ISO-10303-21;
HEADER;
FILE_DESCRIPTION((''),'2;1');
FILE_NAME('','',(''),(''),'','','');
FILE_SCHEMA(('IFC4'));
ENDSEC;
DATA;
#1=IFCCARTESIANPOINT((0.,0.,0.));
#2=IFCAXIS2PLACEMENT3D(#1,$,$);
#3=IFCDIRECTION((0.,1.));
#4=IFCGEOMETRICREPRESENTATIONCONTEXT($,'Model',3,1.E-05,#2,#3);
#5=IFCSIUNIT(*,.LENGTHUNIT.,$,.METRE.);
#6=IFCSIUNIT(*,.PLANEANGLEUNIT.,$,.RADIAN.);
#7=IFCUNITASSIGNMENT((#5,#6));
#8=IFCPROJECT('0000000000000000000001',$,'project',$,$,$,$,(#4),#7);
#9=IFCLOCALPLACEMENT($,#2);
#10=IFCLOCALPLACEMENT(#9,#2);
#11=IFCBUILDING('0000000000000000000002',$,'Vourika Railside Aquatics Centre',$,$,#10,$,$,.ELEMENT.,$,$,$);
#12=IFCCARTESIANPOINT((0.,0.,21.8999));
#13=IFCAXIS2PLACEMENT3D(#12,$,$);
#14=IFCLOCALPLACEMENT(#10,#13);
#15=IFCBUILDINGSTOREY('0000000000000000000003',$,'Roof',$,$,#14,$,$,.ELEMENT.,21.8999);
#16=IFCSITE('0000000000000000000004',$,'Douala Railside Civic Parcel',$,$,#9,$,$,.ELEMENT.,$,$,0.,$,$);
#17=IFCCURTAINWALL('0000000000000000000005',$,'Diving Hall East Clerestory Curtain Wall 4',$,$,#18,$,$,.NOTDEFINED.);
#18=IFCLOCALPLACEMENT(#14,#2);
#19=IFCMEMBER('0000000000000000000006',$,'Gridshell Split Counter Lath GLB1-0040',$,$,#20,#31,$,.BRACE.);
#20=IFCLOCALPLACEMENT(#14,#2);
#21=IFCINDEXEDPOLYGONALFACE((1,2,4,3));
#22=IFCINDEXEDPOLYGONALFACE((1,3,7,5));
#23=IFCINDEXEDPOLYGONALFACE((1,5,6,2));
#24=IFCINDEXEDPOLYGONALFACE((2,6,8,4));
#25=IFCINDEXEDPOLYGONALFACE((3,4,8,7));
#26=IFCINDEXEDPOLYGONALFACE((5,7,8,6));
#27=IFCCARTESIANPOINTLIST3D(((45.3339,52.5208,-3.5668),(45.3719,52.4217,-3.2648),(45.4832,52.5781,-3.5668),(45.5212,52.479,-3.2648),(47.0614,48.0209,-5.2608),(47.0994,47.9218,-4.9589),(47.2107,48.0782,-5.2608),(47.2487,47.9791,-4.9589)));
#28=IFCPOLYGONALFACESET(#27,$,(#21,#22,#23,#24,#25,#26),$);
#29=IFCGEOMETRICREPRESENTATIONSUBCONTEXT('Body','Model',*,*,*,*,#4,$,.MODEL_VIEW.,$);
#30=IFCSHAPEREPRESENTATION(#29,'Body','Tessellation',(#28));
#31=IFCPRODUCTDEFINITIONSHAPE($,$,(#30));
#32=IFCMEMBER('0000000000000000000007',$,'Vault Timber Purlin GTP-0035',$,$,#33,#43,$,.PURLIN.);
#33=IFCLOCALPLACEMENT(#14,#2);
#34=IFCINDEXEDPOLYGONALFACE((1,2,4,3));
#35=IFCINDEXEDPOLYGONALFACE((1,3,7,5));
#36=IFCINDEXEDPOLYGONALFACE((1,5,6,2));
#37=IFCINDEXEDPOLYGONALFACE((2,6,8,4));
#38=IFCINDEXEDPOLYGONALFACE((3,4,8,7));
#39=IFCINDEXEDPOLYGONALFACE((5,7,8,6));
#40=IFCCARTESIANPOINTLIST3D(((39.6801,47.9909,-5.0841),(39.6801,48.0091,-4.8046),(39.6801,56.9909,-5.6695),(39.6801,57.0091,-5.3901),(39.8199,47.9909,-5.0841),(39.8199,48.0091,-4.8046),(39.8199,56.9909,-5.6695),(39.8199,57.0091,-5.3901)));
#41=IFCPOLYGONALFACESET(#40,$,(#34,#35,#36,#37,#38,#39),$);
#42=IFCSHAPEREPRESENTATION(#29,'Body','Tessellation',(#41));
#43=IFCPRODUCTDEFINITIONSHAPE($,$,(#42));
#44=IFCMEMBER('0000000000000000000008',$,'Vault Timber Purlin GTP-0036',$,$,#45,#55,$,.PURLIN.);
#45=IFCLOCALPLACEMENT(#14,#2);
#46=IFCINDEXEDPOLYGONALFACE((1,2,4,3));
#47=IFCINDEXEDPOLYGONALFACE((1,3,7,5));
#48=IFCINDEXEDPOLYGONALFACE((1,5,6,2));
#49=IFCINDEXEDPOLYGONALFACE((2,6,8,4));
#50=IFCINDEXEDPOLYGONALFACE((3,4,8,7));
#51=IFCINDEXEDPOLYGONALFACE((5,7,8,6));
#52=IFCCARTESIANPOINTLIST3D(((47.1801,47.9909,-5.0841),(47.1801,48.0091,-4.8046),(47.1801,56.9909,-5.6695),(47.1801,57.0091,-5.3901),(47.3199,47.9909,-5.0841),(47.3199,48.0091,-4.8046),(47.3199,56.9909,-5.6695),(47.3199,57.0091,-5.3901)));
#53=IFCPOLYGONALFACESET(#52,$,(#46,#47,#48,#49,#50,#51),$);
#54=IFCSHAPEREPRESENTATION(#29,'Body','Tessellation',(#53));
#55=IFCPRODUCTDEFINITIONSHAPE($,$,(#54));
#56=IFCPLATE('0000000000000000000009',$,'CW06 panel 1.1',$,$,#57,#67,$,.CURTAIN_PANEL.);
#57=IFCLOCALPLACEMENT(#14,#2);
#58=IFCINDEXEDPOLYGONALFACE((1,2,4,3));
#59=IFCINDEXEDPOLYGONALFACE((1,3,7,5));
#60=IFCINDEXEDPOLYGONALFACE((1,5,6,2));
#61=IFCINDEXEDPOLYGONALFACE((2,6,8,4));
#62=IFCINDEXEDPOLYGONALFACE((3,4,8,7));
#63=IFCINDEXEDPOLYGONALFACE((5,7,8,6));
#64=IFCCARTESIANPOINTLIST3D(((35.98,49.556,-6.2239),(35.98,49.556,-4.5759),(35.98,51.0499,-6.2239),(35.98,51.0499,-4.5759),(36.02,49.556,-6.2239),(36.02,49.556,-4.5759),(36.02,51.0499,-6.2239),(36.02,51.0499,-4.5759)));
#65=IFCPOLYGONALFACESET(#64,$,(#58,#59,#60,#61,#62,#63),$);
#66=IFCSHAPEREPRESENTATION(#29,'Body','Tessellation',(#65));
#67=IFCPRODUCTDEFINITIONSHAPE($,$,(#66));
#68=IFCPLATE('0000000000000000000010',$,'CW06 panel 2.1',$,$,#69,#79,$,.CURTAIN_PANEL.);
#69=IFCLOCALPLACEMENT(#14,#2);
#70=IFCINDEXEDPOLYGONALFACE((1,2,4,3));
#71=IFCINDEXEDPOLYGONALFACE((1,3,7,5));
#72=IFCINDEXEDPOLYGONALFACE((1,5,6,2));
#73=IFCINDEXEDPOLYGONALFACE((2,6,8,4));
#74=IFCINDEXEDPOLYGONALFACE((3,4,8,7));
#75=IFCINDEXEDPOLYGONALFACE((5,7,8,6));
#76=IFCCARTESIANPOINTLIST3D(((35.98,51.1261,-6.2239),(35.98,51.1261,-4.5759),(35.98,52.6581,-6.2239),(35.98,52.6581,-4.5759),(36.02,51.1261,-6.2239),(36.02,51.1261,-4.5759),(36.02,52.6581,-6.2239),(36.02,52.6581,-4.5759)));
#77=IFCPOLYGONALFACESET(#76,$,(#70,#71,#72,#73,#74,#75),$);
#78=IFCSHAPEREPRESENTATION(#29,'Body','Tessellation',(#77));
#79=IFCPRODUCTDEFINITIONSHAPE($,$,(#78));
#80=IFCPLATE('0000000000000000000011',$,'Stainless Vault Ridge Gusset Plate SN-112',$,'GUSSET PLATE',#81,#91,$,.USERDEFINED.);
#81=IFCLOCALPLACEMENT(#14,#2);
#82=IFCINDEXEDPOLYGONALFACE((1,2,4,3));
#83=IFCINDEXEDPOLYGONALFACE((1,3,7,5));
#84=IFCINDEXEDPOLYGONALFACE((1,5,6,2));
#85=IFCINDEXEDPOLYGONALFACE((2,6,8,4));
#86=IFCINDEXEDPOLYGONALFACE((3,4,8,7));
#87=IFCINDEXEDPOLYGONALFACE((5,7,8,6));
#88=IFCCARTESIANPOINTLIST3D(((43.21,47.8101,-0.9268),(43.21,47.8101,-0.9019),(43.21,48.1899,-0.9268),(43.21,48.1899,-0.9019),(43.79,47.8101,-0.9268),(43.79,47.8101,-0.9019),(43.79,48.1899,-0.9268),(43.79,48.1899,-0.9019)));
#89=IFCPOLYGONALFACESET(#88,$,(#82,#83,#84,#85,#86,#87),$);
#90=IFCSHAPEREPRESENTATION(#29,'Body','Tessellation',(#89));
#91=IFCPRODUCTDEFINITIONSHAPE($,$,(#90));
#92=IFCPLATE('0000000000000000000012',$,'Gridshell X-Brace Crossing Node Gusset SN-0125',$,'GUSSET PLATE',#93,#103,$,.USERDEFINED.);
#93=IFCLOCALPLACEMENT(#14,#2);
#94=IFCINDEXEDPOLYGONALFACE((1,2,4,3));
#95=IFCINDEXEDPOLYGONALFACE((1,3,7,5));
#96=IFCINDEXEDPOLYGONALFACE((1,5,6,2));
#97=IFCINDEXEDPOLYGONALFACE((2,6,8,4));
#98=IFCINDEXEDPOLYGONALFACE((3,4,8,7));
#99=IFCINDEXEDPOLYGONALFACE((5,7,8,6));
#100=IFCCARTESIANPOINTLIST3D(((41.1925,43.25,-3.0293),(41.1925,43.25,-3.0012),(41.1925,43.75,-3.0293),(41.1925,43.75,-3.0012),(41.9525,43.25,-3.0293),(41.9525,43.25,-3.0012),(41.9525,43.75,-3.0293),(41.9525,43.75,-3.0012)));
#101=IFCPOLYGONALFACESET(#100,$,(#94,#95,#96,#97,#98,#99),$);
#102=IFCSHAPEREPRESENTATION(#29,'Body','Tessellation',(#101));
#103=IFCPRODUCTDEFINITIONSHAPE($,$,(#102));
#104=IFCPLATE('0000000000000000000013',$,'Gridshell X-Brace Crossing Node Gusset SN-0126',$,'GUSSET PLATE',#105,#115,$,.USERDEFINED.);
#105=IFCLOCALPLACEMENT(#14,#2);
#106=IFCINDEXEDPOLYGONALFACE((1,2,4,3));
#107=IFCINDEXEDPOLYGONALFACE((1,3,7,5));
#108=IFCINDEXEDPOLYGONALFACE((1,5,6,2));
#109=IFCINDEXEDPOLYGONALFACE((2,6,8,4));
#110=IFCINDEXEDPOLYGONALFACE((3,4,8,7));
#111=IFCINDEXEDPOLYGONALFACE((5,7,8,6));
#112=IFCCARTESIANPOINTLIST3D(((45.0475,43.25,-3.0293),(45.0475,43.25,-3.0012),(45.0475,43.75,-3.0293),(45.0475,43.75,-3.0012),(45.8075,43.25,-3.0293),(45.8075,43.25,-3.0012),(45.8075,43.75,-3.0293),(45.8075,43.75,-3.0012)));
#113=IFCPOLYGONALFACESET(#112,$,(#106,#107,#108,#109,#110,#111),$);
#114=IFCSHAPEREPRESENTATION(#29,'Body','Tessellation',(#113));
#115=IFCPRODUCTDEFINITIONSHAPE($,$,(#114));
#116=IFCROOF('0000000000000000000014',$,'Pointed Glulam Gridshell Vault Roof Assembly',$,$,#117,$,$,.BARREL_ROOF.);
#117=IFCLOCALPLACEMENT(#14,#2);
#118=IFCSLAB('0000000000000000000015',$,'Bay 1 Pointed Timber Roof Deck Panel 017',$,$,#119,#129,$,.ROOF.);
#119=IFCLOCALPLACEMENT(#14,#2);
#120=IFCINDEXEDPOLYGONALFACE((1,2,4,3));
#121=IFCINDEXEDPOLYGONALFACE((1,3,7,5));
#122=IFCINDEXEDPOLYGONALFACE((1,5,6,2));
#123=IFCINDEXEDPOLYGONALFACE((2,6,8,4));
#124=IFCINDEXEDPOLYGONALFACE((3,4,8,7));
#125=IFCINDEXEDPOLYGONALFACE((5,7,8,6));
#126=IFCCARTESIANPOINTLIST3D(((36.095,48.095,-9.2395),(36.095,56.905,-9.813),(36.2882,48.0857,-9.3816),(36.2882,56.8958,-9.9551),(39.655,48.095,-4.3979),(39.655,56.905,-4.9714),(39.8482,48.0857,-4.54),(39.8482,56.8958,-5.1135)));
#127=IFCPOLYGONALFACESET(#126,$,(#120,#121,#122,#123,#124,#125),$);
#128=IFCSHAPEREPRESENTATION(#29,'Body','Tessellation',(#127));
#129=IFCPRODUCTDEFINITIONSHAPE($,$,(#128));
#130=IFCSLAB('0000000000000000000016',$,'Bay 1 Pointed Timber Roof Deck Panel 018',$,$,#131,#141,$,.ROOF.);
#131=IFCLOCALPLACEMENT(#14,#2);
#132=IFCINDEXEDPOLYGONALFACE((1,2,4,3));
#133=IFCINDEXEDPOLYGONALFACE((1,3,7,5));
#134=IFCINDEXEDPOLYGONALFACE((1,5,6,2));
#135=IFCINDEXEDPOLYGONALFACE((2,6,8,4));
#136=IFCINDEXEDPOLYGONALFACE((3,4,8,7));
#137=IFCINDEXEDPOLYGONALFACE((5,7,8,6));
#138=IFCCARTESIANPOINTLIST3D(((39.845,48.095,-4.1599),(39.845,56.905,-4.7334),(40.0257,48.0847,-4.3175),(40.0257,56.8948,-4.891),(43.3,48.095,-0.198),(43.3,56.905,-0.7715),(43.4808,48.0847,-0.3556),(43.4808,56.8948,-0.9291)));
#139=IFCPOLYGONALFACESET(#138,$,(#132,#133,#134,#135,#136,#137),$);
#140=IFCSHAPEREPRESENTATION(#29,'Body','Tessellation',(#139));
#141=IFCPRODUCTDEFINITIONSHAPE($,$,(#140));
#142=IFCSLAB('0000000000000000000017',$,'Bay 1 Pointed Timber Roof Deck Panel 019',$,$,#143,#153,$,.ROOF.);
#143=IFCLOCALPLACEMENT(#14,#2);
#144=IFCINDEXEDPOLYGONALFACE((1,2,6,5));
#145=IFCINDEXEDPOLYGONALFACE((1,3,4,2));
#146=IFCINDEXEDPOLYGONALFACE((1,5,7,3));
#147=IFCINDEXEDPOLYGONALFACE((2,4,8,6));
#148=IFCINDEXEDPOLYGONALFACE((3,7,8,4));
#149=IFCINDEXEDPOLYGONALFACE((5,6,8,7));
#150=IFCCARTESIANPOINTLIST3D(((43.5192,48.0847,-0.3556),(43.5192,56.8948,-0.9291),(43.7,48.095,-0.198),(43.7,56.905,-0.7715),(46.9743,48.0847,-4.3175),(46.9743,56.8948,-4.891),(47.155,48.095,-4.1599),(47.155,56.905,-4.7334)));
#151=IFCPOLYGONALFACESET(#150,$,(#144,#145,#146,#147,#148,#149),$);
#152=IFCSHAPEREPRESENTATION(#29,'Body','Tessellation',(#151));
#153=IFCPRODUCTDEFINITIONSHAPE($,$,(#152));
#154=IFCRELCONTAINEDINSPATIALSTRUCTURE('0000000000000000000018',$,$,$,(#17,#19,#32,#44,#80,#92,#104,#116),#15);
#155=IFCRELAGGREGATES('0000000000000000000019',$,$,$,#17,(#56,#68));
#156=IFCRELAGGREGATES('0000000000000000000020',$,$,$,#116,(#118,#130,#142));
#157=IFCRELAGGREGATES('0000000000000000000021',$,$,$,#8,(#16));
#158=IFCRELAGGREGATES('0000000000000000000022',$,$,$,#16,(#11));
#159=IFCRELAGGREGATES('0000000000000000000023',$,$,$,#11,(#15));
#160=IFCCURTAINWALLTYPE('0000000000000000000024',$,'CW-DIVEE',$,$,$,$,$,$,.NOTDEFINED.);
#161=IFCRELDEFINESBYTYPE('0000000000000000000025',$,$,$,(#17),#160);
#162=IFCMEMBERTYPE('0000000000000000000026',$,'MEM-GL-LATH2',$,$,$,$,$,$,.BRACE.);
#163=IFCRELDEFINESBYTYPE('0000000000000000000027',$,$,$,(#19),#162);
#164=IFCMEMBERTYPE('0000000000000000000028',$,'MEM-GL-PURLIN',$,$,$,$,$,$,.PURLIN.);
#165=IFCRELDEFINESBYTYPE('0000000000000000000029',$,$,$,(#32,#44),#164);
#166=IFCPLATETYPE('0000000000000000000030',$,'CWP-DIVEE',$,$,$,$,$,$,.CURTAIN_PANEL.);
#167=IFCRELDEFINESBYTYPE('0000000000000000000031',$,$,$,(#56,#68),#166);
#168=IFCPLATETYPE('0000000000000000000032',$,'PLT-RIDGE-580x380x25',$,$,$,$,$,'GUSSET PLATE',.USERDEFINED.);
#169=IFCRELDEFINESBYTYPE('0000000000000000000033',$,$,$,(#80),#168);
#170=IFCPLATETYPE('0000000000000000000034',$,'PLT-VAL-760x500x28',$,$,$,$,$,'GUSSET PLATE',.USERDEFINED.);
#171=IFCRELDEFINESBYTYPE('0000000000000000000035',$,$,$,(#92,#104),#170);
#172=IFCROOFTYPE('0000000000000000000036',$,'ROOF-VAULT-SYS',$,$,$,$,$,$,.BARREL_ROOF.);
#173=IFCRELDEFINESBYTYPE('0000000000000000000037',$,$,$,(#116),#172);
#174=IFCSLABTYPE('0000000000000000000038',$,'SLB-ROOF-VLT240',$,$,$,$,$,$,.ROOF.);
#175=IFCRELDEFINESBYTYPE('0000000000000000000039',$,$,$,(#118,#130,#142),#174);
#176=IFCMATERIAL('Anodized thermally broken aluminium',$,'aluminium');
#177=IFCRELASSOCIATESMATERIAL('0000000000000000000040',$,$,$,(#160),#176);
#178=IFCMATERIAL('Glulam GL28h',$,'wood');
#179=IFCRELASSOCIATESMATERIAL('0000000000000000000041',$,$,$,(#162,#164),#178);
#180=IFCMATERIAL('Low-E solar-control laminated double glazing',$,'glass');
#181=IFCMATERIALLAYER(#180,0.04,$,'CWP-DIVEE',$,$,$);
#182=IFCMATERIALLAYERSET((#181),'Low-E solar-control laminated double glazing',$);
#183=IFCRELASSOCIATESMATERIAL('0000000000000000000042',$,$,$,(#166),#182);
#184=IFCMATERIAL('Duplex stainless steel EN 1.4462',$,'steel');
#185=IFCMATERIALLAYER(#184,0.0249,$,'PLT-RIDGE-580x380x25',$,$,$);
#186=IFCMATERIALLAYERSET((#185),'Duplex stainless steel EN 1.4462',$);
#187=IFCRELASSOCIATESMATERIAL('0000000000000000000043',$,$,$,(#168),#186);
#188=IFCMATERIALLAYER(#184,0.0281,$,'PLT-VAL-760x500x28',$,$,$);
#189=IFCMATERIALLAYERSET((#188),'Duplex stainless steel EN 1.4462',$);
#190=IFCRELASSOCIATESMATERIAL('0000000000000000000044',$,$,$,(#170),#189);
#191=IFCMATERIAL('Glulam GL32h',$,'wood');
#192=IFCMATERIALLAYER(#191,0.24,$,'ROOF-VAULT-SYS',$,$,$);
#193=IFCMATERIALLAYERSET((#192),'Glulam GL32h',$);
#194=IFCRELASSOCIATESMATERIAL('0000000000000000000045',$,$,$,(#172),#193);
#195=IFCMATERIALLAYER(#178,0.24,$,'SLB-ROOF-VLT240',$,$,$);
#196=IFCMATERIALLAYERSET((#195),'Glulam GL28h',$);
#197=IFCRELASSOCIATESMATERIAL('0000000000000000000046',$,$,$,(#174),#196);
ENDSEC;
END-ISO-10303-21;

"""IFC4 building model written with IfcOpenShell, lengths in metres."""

from ifc_helpers import new_model, si_unit, direction, frame, origin, origin_2d, place, context, subcontext, project, spatial, polyline, rectangle, outline, extrude, material, layer, layer_set, material_profile, profile_set, type_object, element, aggregate, save


model = new_model("IFC4")

# Units and contexts
model_context = context("Model", 3, precision=1e-05, world=origin(), true_north=direction((0.0, 1.0)))
body_context = subcontext(model_context, "Body", "Model", "MODEL_VIEW")
ifc_project = project(units=[si_unit("LENGTHUNIT", "METRE"), si_unit("PLANEANGLEUNIT", "RADIAN")], contexts=[model_context])

# Site, building, storey
site_placement = place(None, origin())
site = spatial("IfcSite", under=ifc_project, at=site_placement, Name="Douala Railside Civic Parcel", CompositionType="ELEMENT", RefElevation=0.0)
building_placement = place(site_placement, origin())
building = spatial("IfcBuilding", under=site, at=building_placement, Name="Vourika Railside Aquatics Centre", CompositionType="ELEMENT")
storey_placement = place(building_placement, frame((0.0, 0.0, 21.8999)))
storey = spatial("IfcBuildingStorey", under=building, at=storey_placement, Name="Roof", CompositionType="ELEMENT", Elevation=21.8999)

# Shared definitions
ifc_material_1 = material(Name="Glulam GL32h", Category="wood")

# Curtain wall
ifc_material_2 = material(Name="Anodized thermally broken aluminium", Category="aluminium")
curtain_wall_type = type_object("IfcCurtainWallType", Name="CW-DIVEE", PredefinedType="NOTDEFINED", material=ifc_material_2)
curtain_wall_placement = place(storey_placement, origin())
curtain_wall = element("IfcCurtainWall", 1, at=curtain_wall_placement, inside=storey, type_object=curtain_wall_type, Name="Diving Hall East Clerestory Curtain Wall 4", PredefinedType="NOTDEFINED")

# Members
ifc_material_3 = material(Name="Glulam GL28h", Category="wood")
ifc_material_profile_1 = material_profile(ifc_material_3, rectangle(XDim=0.1599, YDim=0.3201, at=origin_2d()), Name="GL28h 160x320")
ifc_profile_set_1 = profile_set([ifc_material_profile_1], Name="Glulam GL28h")
member_type_1 = type_object("IfcMemberType", Name="MEM-GL-LATH2", PredefinedType="BRACE", material=ifc_profile_set_1)
member_1_placement = place(storey_placement, frame((47.155, 48.0, -5.1099), z_axis=(-0.338121, 0.880757, 0.331574), x_axis=(-0.93357, -0.358395, 0.0)))
element("IfcMember", 2, at=member_1_placement, inside=storey, type_object=member_type_1, Name="Gridshell Split Counter Lath GLB1-0040", PredefinedType="BRACE", context=body_context, shape_type="SweptSolid", body=[
    extrude(rectangle(XDim=0.1599, YDim=0.3201, at=origin_2d()), origin(), (0.0, 0.0, 1.0), 5.1091),
])
ifc_material_profile_2 = material_profile(ifc_material_3, rectangle(XDim=0.1399, YDim=0.28, at=origin_2d()), Name="GL28h 140x280")
ifc_profile_set_2 = profile_set([ifc_material_profile_2], Name="Glulam GL28h")
member_type_2 = type_object("IfcMemberType", Name="MEM-GL-PURLIN", PredefinedType="PURLIN", material=ifc_profile_set_2)
for number, where, z_axis, x_axis, name in (
    (3, (39.75, 48.0, -4.9443), (0.0, 0.997891, -0.064913), (-1.0, 0.0, 0.0), "Vault Timber Purlin GTP-0035"),
    (4, (47.25, 48.0, -4.9443), (0.0, 0.997891, -0.064913), (-1.0, 0.0, 0.0), "Vault Timber Purlin GTP-0036"),
):
    element("IfcMember", number, at=place(storey_placement, frame(where, z_axis=z_axis, x_axis=x_axis)), inside=storey, type_object=member_type_2, Name=name, PredefinedType="PURLIN", context=body_context, shape_type="SweptSolid", body=[
        extrude(rectangle(XDim=0.1399, YDim=0.28, at=origin_2d()), origin(), (0.0, 0.0, 1.0), 9.019),
    ])

# Plates
ifc_material_4 = material(Name="Low-E solar-control laminated double glazing", Category="glass")
ifc_layer_1 = layer(ifc_material_4, 0.04, Name="CWP-DIVEE")
ifc_layer_set_1 = layer_set([ifc_layer_1], Name="Low-E solar-control laminated double glazing")
plate_type_1 = type_object("IfcPlateType", Name="CWP-DIVEE", PredefinedType="CURTAIN_PANEL", material=ifc_layer_set_1)
plate_1_placement = place(storey_placement, frame((36.0, 50.303, -6.2239), z_axis=(0.0, 0.0, 1.0), x_axis=(0.0, 1.0, 0.0)))
plate_1 = element("IfcPlate", 5, at=plate_1_placement, type_object=plate_type_1, Name="CW06 panel 1.1", PredefinedType="CURTAIN_PANEL", context=body_context, shape_type="SweptSolid", body=[
    extrude(rectangle(XDim=1.4939, YDim=0.04, at=origin_2d()), origin(), (0.0, 0.0, 1.0), 1.6479),
])
plate_2_placement = place(storey_placement, frame((36.0, 51.8921, -6.2239), z_axis=(0.0, 0.0, 1.0), x_axis=(0.0, 1.0, 0.0)))
plate_2 = element("IfcPlate", 6, at=plate_2_placement, type_object=plate_type_1, Name="CW06 panel 2.1", PredefinedType="CURTAIN_PANEL", context=body_context, shape_type="SweptSolid", body=[
    extrude(rectangle(XDim=1.532, YDim=0.04, at=origin_2d()), origin(), (0.0, 0.0, 1.0), 1.6479),
])
aggregate(curtain_wall, [plate_1, plate_2])

# Plates
ifc_material_5 = material(Name="Duplex stainless steel EN 1.4462", Category="steel")
ifc_layer_2 = layer(ifc_material_5, 0.0249, Name="PLT-RIDGE-580x380x25")
ifc_layer_set_2 = layer_set([ifc_layer_2], Name="Duplex stainless steel EN 1.4462")
plate_type_2 = type_object("IfcPlateType", Name="PLT-RIDGE-580x380x25", ElementType="GUSSET PLATE", PredefinedType="USERDEFINED", material=ifc_layer_set_2)
plate_3_placement = place(storey_placement, frame((43.5, 48.0, -0.9268), z_axis=(0.0, 0.0, 1.0), x_axis=(1.0, 0.0, 0.0)))
element("IfcPlate", 7, at=plate_3_placement, inside=storey, type_object=plate_type_2, Name="Stainless Vault Ridge Gusset Plate SN-112", ObjectType="GUSSET PLATE", PredefinedType="USERDEFINED", context=body_context, shape_type="SweptSolid", body=[
    extrude(rectangle(XDim=0.5801, YDim=0.3799, at=origin_2d()), origin(), (0.0, 0.0, 1.0), 0.0249),
])
ifc_layer_3 = layer(ifc_material_5, 0.0281, Name="PLT-VAL-760x500x28")
ifc_layer_set_3 = layer_set([ifc_layer_3], Name="Duplex stainless steel EN 1.4462")
plate_type_3 = type_object("IfcPlateType", Name="PLT-VAL-760x500x28", ElementType="GUSSET PLATE", PredefinedType="USERDEFINED", material=ifc_layer_set_3)
for number, where, z_axis, x_axis, name in (
    (8, (41.5725, 43.5, -3.0293), (0.0, 0.0, 1.0), (1.0, 0.0, 0.0), "Gridshell X-Brace Crossing Node Gusset SN-0125"),
    (9, (45.4275, 43.5, -3.0293), (0.0, 0.0, 1.0), (1.0, 0.0, 0.0), "Gridshell X-Brace Crossing Node Gusset SN-0126"),
):
    element("IfcPlate", number, at=place(storey_placement, frame(where, z_axis=z_axis, x_axis=x_axis)), inside=storey, type_object=plate_type_3, Name=name, ObjectType="GUSSET PLATE", PredefinedType="USERDEFINED", context=body_context, shape_type="SweptSolid", body=[
        extrude(rectangle(XDim=0.76, YDim=0.5, at=origin_2d()), origin(), (0.0, 0.0, 1.0), 0.0281),
    ])

# Roof, slabs
ifc_layer_4 = layer(ifc_material_1, 0.24, Name="ROOF-VAULT-SYS")
ifc_layer_set_4 = layer_set([ifc_layer_4], Name="Glulam GL32h")
roof_type = type_object("IfcRoofType", Name="ROOF-VAULT-SYS", PredefinedType="BARREL_ROOF", material=ifc_layer_set_4)
roof_placement = place(storey_placement, origin())
roof = element("IfcRoof", 10, at=roof_placement, inside=storey, type_object=roof_type, Name="Pointed Glulam Gridshell Vault Roof Assembly", PredefinedType="BARREL_ROOF")
ifc_layer_5 = layer(ifc_material_3, 0.24, Name="SLB-ROOF-VLT240")
ifc_layer_set_5 = layer_set([ifc_layer_5], Name="Glulam GL28h")
slab_type = type_object("IfcSlabType", Name="SLB-ROOF-VLT240", PredefinedType="ROOF", material=ifc_layer_set_5)
slab_1_placement = place(storey_placement, frame((36.095, 48.095, -9.2395), z_axis=(-0.805045, 0.038533, 0.591961), x_axis=(0.592401, 0.0, 0.805644)))
slab_1 = element("IfcSlab", 11, at=slab_1_placement, type_object=slab_type, Name="Bay 1 Pointed Timber Roof Deck Panel 017", PredefinedType="ROOF", context=body_context, shape_type="SweptSolid", body=[
    extrude(outline(polyline([(0.0, 0.0), (6.0095, 0.0), (5.5475, 8.8166), (-0.462, 8.8166), (0.0, 0.0)])), origin(), (0.0, 0.0, -1.0), 0.24),
])
slab_2_placement = place(storey_placement, frame((39.845, 48.095, -4.1599), z_axis=(-0.75298, 0.042745, 0.656654), x_axis=(0.657254, 0.0, 0.753669)))
slab_2 = element("IfcSlab", 12, at=slab_2_placement, type_object=slab_type, Name="Bay 1 Pointed Timber Roof Deck Panel 018", PredefinedType="ROOF", context=body_context, shape_type="SweptSolid", body=[
    extrude(outline(polyline([(0.0, 0.0), (5.2568, 0.0), (4.8246, 8.8181), (-0.4322, 8.8181), (0.0, 0.0)])), origin(), (0.0, 0.0, -1.0), 0.24),
])
slab_3_placement = place(storey_placement, frame((43.7, 48.095, -0.198), z_axis=(0.75298, 0.042745, 0.656654), x_axis=(0.657254, 0.0, -0.753669)))
slab_3 = element("IfcSlab", 13, at=slab_3_placement, type_object=slab_type, Name="Bay 1 Pointed Timber Roof Deck Panel 019", PredefinedType="ROOF", context=body_context, shape_type="SweptSolid", body=[
    extrude(outline(polyline([(0.0, 0.0), (5.2568, 0.0), (5.6891, 8.8181), (0.4322, 8.8181), (0.0, 0.0)])), origin(), (0.0, 0.0, -1.0), 0.24),
])
aggregate(roof, [slab_1, slab_2, slab_3])

save(model, "model.ifc")
